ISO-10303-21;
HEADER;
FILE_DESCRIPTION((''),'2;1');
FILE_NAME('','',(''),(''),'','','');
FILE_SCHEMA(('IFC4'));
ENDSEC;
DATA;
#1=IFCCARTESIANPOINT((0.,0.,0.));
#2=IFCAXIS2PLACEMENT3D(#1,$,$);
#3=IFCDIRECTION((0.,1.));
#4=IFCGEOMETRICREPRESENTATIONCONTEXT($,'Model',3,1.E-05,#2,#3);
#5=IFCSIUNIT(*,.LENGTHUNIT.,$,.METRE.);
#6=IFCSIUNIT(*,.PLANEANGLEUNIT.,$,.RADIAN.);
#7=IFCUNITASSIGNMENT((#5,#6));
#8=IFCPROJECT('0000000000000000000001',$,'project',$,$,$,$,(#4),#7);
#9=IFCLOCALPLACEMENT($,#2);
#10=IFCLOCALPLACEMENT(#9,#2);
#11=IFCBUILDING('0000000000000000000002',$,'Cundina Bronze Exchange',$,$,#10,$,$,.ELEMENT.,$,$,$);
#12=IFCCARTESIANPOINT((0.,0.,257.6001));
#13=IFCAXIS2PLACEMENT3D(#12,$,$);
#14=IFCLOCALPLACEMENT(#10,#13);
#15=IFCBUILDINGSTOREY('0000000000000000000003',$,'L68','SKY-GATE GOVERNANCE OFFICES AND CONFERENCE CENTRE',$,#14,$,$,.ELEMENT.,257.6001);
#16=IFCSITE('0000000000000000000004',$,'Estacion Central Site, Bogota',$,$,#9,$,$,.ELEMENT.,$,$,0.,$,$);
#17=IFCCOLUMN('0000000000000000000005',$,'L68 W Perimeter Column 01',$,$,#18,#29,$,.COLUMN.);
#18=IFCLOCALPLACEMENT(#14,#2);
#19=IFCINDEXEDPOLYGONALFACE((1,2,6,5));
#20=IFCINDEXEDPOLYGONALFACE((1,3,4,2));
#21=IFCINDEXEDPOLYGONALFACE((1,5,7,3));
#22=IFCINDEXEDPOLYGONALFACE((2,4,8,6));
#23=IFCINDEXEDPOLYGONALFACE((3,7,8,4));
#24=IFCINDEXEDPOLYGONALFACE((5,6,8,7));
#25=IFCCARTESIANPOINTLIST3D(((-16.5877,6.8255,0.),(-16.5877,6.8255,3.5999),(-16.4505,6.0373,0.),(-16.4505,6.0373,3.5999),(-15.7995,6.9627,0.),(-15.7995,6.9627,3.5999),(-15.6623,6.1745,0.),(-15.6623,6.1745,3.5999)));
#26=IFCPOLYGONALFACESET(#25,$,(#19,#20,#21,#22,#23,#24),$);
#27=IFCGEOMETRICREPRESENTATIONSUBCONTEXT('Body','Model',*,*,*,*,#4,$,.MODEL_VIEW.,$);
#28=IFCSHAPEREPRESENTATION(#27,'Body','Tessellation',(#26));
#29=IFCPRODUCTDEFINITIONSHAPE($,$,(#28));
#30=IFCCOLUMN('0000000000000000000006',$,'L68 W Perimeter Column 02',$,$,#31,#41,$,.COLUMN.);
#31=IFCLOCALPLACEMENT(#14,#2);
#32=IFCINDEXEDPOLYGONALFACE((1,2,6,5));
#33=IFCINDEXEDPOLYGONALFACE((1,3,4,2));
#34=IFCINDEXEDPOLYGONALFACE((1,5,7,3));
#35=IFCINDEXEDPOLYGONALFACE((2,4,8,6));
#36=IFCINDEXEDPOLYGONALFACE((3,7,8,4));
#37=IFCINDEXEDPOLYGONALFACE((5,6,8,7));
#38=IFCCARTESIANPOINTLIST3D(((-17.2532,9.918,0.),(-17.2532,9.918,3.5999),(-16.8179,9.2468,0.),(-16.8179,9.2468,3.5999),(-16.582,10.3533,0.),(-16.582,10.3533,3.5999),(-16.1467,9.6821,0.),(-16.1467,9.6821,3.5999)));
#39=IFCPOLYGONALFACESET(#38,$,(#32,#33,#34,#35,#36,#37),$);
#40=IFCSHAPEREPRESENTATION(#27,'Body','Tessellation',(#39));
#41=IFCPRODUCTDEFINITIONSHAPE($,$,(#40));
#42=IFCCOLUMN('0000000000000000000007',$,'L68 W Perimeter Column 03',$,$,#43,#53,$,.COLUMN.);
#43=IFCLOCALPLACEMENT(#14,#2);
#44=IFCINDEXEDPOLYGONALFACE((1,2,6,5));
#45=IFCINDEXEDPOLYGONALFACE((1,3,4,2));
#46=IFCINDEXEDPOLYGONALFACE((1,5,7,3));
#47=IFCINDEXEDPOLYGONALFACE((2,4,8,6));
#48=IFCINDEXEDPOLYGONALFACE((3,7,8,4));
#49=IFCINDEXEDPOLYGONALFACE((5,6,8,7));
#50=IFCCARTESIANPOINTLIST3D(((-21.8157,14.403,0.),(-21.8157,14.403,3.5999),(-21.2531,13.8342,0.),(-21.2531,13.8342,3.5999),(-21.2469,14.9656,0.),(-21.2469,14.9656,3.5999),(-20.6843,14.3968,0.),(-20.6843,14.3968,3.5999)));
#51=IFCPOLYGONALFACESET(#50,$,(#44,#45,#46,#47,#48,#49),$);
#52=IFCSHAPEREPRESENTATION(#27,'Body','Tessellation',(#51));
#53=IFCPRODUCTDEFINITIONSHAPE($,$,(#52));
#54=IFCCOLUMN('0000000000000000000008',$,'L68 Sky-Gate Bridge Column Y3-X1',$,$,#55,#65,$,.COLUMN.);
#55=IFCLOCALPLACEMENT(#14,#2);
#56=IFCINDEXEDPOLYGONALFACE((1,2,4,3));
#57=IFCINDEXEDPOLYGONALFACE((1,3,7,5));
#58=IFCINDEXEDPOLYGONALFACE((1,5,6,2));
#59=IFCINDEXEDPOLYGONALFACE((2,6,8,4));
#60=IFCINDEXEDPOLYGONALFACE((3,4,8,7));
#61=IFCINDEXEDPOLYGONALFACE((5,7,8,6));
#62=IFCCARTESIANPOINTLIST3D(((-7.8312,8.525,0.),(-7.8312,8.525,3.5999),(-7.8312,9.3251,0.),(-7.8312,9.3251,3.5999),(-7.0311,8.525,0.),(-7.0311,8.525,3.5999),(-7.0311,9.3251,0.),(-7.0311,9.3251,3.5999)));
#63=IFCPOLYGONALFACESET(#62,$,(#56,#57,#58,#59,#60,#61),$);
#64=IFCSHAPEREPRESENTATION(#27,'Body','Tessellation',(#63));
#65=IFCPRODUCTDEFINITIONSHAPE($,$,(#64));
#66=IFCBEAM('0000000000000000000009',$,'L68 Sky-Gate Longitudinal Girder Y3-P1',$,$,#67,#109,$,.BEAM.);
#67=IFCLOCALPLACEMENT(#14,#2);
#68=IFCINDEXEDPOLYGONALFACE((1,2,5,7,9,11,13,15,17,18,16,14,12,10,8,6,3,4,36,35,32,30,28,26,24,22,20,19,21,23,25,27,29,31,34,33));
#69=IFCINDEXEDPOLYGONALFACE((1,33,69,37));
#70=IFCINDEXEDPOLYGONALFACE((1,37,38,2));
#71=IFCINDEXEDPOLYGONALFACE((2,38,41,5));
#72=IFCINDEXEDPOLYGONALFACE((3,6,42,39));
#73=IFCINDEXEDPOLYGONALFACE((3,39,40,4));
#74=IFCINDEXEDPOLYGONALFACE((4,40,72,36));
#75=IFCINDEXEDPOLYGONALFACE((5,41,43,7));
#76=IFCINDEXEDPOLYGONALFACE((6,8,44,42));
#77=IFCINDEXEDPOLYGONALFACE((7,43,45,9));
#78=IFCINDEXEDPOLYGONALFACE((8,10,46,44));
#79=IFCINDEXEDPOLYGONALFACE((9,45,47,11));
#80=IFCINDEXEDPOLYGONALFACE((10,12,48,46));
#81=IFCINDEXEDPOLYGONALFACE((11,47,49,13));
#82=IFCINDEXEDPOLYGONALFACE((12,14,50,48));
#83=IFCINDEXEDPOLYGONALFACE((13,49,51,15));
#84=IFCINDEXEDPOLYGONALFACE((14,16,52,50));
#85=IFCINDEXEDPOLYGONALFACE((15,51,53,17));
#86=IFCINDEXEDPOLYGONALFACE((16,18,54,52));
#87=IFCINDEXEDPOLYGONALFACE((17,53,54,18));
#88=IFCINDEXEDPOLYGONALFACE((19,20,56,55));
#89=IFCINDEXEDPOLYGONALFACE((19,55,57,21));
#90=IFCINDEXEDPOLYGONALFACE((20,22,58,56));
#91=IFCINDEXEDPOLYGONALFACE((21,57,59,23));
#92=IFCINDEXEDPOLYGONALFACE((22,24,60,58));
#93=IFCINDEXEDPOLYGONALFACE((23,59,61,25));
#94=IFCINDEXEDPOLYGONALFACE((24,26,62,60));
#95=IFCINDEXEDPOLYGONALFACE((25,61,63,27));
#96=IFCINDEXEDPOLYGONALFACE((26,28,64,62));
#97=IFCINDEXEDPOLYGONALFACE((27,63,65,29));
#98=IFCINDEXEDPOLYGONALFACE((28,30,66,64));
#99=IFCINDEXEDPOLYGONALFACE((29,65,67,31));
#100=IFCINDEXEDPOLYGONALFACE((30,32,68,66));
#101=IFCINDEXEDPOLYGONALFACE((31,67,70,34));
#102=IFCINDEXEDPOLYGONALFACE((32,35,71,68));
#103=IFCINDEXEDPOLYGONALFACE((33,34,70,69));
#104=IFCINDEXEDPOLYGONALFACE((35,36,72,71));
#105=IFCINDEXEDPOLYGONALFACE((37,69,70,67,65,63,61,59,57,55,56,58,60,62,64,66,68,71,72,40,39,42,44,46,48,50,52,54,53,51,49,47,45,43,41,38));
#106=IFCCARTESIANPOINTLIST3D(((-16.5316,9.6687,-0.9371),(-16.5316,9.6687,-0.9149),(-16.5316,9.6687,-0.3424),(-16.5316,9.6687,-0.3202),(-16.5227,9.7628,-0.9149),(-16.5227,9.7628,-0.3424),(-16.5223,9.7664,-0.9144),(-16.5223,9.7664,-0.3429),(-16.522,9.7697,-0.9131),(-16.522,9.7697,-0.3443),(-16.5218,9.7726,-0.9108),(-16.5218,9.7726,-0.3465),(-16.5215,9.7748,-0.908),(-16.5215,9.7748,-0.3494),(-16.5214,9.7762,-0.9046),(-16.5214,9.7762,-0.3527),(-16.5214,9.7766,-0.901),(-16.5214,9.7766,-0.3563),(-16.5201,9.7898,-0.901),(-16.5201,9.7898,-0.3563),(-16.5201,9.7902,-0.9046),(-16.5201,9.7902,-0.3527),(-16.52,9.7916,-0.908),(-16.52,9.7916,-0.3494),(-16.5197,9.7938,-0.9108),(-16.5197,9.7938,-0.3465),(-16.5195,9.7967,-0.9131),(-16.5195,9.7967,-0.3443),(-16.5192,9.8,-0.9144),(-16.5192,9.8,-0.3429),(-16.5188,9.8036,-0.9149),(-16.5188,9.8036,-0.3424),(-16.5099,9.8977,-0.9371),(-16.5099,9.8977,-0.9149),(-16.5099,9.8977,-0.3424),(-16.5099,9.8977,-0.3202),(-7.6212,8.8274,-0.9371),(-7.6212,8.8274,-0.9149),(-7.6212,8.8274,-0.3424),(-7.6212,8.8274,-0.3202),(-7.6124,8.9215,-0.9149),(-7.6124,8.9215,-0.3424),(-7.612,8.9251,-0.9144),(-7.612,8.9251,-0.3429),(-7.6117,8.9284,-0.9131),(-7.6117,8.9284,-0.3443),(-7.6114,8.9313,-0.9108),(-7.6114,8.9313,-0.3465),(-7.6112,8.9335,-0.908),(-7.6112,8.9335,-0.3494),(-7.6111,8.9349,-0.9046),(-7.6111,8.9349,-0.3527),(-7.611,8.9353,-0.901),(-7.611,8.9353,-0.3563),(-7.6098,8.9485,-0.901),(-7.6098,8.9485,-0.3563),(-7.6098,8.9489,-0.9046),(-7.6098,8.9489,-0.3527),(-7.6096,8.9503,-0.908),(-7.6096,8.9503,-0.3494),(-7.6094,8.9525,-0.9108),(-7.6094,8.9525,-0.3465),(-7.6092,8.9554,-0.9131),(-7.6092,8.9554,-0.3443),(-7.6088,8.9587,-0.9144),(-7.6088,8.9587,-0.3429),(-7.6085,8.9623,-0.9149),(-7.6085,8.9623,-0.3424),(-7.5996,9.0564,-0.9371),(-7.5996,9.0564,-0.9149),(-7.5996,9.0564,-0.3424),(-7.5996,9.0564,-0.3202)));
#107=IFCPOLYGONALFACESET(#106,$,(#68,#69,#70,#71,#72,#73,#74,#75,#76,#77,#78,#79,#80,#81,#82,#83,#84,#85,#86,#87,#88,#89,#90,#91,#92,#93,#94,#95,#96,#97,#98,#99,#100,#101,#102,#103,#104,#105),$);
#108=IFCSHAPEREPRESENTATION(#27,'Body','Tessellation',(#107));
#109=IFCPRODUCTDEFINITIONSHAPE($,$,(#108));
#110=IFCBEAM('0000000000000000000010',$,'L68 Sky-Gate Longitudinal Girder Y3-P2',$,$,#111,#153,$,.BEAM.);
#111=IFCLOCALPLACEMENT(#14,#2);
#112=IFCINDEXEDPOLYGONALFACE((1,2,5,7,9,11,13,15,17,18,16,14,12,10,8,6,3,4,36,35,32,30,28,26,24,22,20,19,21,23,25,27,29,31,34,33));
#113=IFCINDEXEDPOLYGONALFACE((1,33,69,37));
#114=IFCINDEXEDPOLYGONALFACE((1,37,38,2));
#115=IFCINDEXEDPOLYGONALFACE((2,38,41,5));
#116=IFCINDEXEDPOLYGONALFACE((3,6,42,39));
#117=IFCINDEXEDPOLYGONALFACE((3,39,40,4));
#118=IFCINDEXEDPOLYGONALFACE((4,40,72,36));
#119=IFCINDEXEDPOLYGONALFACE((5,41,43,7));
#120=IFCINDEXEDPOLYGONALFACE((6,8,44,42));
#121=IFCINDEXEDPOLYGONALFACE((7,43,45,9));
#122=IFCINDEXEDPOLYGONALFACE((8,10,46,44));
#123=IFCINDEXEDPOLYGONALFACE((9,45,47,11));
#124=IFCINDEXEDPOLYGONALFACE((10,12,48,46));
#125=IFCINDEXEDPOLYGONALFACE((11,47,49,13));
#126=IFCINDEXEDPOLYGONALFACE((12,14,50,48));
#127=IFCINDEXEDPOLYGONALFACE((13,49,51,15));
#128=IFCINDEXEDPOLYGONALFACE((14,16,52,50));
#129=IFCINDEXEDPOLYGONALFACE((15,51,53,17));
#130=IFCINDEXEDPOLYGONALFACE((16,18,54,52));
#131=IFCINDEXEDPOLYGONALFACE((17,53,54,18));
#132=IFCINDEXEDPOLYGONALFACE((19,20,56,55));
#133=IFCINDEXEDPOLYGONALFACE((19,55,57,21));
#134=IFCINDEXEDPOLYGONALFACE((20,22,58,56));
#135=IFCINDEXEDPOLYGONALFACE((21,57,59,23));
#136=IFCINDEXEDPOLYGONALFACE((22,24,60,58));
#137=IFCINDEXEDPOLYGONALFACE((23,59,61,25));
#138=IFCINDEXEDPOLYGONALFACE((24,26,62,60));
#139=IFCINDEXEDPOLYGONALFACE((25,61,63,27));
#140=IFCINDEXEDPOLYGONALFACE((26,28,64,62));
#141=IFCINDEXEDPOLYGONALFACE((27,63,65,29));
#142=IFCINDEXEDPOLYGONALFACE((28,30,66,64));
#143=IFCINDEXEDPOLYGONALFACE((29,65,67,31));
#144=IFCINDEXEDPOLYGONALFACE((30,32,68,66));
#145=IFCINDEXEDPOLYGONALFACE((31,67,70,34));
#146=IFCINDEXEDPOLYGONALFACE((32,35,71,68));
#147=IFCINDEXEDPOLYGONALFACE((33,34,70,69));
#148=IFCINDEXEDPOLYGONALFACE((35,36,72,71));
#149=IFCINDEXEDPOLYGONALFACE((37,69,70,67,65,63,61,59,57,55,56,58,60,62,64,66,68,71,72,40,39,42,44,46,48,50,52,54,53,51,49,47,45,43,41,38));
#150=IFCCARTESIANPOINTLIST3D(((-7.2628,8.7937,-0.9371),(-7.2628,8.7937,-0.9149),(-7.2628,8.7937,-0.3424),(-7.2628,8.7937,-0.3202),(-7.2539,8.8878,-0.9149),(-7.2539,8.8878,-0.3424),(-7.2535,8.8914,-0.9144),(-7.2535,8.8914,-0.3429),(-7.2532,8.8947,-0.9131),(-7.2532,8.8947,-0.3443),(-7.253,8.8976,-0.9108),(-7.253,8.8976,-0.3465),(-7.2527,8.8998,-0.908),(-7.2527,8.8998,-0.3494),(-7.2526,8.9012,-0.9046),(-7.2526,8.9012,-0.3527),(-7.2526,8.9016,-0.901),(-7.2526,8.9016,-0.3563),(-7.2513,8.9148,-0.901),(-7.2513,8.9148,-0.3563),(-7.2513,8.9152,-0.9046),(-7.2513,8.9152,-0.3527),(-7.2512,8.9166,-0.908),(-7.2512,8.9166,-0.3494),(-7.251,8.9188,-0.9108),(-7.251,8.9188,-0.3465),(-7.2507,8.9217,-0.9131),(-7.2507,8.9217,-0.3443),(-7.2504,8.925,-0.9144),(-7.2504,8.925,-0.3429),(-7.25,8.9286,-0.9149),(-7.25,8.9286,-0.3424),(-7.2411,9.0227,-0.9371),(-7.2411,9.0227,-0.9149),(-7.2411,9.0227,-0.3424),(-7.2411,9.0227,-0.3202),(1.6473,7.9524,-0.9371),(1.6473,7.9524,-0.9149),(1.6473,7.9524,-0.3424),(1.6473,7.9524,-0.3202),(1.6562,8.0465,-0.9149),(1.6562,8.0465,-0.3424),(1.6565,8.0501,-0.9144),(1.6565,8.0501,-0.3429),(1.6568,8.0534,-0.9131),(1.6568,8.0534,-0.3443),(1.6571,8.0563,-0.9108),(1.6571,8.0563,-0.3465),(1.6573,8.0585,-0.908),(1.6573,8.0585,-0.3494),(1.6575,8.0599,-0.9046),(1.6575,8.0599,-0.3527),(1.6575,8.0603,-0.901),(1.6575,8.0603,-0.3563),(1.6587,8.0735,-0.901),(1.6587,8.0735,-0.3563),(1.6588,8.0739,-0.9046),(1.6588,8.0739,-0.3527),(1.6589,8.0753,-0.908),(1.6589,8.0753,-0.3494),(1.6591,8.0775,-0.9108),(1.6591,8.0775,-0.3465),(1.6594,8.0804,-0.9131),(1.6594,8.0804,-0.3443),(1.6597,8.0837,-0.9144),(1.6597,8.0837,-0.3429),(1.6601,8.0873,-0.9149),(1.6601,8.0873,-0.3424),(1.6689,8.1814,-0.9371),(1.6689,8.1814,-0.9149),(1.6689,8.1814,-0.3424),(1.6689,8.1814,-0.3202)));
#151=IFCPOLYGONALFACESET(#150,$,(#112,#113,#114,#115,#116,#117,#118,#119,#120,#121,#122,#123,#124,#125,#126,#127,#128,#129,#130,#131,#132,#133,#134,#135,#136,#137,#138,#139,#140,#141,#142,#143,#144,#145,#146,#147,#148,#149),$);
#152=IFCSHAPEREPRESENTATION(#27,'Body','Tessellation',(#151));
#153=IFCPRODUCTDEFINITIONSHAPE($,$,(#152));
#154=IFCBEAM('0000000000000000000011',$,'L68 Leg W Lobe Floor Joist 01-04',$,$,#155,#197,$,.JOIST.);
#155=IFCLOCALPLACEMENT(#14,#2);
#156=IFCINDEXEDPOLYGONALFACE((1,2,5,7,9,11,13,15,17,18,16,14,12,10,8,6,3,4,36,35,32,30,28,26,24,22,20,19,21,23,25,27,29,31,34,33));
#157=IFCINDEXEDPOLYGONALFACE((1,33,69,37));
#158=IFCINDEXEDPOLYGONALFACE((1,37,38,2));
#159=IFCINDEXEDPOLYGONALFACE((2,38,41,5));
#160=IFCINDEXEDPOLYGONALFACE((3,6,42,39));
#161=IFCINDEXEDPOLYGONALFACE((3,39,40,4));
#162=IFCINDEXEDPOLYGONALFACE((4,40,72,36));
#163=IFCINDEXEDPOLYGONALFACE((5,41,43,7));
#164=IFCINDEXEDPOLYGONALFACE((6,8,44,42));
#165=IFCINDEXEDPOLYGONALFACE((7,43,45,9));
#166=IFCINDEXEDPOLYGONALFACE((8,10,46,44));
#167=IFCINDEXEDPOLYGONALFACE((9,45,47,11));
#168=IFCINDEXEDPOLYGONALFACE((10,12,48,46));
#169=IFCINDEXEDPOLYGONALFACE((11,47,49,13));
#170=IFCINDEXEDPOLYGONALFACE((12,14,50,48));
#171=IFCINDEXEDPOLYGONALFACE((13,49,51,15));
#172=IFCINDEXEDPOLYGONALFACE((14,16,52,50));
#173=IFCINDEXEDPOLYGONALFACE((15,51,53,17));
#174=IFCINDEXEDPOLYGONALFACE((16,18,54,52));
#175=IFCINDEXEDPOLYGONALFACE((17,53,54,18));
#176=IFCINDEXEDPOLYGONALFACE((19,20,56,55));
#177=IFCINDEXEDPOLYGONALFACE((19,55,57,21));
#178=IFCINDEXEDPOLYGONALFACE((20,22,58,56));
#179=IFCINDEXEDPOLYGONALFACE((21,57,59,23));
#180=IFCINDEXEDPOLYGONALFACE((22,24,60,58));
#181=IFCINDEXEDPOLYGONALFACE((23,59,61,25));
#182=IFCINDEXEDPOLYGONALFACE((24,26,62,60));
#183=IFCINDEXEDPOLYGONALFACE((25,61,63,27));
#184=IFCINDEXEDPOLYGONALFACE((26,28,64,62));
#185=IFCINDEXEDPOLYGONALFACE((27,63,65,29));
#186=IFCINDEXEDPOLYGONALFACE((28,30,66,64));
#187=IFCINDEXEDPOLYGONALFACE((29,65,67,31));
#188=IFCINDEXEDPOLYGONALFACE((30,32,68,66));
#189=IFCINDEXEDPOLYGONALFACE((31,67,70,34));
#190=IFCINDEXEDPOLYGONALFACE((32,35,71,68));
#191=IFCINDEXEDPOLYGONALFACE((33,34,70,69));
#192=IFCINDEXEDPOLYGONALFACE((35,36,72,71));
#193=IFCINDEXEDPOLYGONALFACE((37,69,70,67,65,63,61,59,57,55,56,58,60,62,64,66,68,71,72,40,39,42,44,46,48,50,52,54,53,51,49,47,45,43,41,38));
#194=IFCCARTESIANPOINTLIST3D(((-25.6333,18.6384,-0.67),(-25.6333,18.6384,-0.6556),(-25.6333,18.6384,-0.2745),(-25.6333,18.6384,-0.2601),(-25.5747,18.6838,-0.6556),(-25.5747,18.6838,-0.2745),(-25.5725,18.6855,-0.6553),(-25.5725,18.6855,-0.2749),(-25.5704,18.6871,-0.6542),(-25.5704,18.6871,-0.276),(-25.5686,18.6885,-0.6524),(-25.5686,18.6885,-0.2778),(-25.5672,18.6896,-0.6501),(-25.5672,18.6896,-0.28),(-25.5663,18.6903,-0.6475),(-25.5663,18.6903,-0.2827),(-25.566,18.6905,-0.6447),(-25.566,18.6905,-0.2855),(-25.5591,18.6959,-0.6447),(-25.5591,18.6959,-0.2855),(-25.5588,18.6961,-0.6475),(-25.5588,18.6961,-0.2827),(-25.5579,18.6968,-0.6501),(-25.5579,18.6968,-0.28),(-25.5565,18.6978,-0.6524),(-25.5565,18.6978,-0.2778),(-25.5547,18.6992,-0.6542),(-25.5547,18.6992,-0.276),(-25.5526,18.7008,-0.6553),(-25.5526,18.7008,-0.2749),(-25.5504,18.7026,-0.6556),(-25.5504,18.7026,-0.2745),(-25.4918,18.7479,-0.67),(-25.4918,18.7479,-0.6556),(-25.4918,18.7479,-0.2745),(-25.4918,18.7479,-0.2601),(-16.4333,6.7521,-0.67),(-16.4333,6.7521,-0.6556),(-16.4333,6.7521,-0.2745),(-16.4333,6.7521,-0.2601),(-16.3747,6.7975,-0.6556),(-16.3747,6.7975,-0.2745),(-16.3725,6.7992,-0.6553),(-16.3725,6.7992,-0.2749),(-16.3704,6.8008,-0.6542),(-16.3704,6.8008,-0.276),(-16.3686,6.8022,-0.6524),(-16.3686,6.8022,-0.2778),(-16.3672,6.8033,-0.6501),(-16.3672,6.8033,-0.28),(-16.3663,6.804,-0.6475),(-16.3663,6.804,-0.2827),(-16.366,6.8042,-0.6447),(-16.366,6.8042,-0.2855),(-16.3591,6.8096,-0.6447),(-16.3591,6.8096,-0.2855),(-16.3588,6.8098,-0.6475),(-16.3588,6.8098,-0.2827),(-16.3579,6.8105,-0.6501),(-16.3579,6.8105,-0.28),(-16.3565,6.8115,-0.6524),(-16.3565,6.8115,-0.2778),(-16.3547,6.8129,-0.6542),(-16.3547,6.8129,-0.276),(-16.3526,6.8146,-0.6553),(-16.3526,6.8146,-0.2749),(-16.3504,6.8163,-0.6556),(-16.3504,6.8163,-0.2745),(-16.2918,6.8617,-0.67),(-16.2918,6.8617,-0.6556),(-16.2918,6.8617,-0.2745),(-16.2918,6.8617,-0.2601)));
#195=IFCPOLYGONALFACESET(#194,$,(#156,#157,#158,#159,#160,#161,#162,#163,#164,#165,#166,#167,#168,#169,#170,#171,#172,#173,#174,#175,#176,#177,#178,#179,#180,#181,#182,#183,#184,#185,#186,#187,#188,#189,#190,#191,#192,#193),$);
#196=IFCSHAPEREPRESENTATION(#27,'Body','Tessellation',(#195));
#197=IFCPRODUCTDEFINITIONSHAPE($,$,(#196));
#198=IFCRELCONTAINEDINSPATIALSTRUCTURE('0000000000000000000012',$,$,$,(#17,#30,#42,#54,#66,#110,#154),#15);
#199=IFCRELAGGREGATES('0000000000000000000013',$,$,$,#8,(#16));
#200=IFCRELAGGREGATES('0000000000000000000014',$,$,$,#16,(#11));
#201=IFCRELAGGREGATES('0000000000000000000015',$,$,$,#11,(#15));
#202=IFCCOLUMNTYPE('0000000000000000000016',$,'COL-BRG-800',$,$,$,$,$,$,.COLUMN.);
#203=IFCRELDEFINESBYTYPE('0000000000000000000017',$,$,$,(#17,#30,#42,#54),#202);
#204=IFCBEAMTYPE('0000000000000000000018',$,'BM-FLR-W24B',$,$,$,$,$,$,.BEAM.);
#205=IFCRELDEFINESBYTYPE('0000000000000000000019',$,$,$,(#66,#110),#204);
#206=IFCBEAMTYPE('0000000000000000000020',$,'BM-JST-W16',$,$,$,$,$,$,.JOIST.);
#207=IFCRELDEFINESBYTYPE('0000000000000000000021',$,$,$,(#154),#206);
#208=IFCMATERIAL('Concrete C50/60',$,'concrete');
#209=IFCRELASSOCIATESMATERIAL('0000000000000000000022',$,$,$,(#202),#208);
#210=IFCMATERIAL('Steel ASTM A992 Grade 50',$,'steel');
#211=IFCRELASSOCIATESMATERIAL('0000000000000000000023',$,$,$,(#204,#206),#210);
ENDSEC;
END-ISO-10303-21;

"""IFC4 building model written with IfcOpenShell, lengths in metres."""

from ifc_helpers import new_model, si_unit, direction, frame, origin, origin_2d, place, context, subcontext, project, spatial, rectangle, i_section, extrude, material, material_profile, profile_set, type_object, element, save


model = new_model("IFC4")

# Units and contexts
model_context = context("Model", 3, precision=1e-05, world=origin(), true_north=direction((0.0, 1.0)))
body_context = subcontext(model_context, "Body", "Model", "MODEL_VIEW")
ifc_project = project(units=[si_unit("LENGTHUNIT", "METRE"), si_unit("PLANEANGLEUNIT", "RADIAN")], contexts=[model_context])

# Site, building, storey
site_placement = place(None, origin())
site = spatial("IfcSite", under=ifc_project, at=site_placement, Name="Estacion Central Site, Bogota", CompositionType="ELEMENT", RefElevation=0.0)
building_placement = place(site_placement, origin())
building = spatial("IfcBuilding", under=site, at=building_placement, Name="Cundina Bronze Exchange", CompositionType="ELEMENT")
storey_placement = place(building_placement, frame((0.0, 0.0, 257.6001)))
storey = spatial("IfcBuildingStorey", under=building, at=storey_placement, Name="L68", Description="SKY-GATE GOVERNANCE OFFICES AND CONFERENCE CENTRE", CompositionType="ELEMENT", Elevation=257.6001)

# Columns
ifc_material_1 = material(Name="Concrete C50/60", Category="concrete")
ifc_material_profile_1 = material_profile(ifc_material_1, rectangle(XDim=0.8, YDim=0.8, at=origin_2d()), Name="RC800X800", Category="concrete")
ifc_profile_set_1 = profile_set([ifc_material_profile_1], Name="Concrete C50/60")
column_type = type_object("IfcColumnType", Name="COL-BRG-800", PredefinedType="COLUMN", material=ifc_profile_set_1)
for number, where, z_axis, x_axis, name in (
    (1, (-16.125, 6.5, 0.0), (0.0, 0.0, 1.0), (-0.171585, 0.985169, 0.0), "L68 W Perimeter Column 01"),
    (2, (-16.7, 9.8, 0.0), (0.0, 0.0, 1.0), (-0.5442, 0.838956, 0.0), "L68 W Perimeter Column 02"),
    (3, (-21.25, 14.3999, 0.0), (0.0, 0.0, 1.0), (-0.703271, 0.710922, 0.0), "L68 W Perimeter Column 03"),
    (4, (-7.4312, 8.925, 0.0), (0.0, 0.0, 1.0), (1.0, 0.0, 0.0), "L68 Sky-Gate Bridge Column Y3-X1"),
):
    element("IfcColumn", number, at=place(storey_placement, frame(where, z_axis=z_axis, x_axis=x_axis)), inside=storey, type_object=column_type, Name=name, PredefinedType="COLUMN", context=body_context, shape_type="SweptSolid", body=[
        extrude(rectangle(XDim=0.8, YDim=0.8, at=origin_2d()), origin(), (0.0, 0.0, 1.0), 3.5999),
    ])

# Beams
ifc_material_2 = material(Name="Steel ASTM A992 Grade 50", Category="steel")
ifc_material_profile_2 = material_profile(ifc_material_2, i_section(OverallWidth=0.23, OverallDepth=0.6169, WebThickness=0.0132, FlangeThickness=0.0222, FilletRadius=0.0139, at=origin_2d()), Name="W24X94", Category="steel")
ifc_profile_set_2 = profile_set([ifc_material_profile_2], Name="Steel ASTM A992 Grade 50")
beam_type_1 = type_object("IfcBeamType", Name="BM-FLR-W24B", PredefinedType="BEAM", material=ifc_profile_set_2)
beam_1_placement = place(storey_placement, frame((-16.5208, 9.7832, -0.6287), z_axis=(0.995572, -0.094001, 0.0), x_axis=(0.094001, 0.995572, 0.0)))
element("IfcBeam", 5, at=beam_1_placement, inside=storey, type_object=beam_type_1, Name="L68 Sky-Gate Longitudinal Girder Y3-P1", PredefinedType="BEAM", context=body_context, shape_type="SweptSolid", body=[
    extrude(i_section(OverallWidth=0.23, OverallDepth=0.6169, WebThickness=0.0132, FlangeThickness=0.0222, FilletRadius=0.0139, at=origin_2d()), origin(), (0.0, 0.0, 1.0), 8.95),
])
beam_2_placement = place(storey_placement, frame((-7.252, 8.9082, -0.6287), z_axis=(0.995572, -0.094003, 0.0), x_axis=(0.094003, 0.995572, 0.0)))
element("IfcBeam", 6, at=beam_2_placement, inside=storey, type_object=beam_type_1, Name="L68 Sky-Gate Longitudinal Girder Y3-P2", PredefinedType="BEAM", context=body_context, shape_type="SweptSolid", body=[
    extrude(i_section(OverallWidth=0.23, OverallDepth=0.6169, WebThickness=0.0132, FlangeThickness=0.0222, FilletRadius=0.0139, at=origin_2d()), origin(), (0.0, 0.0, 1.0), 8.9497),
])
ifc_material_profile_3 = material_profile(ifc_material_2, i_section(OverallWidth=0.179, OverallDepth=0.4099, WebThickness=0.0088, FlangeThickness=0.0144, FilletRadius=0.011, at=origin_2d()), Name="W16X45", Category="steel")
ifc_profile_set_3 = profile_set([ifc_material_profile_3], Name="Steel ASTM A992 Grade 50")
beam_type_2 = type_object("IfcBeamType", Name="BM-JST-W16", PredefinedType="JOIST", material=ifc_profile_set_3)
beam_3_placement = place(storey_placement, frame((-16.3625, 6.8069, -0.4651), z_axis=(-0.612078, 0.790798, 0.0), x_axis=(-0.790798, -0.612078, 0.0)))
element("IfcBeam", 7, at=beam_3_placement, inside=storey, type_object=beam_type_2, Name="L68 Leg W Lobe Floor Joist 01-04", PredefinedType="JOIST", context=body_context, shape_type="SweptSolid", body=[
    extrude(i_section(OverallWidth=0.179, OverallDepth=0.4099, WebThickness=0.0088, FlangeThickness=0.0144, FilletRadius=0.011, at=origin_2d()), origin(), (0.0, 0.0, 1.0), 15.0308),
])

save(model, "model.ifc")
